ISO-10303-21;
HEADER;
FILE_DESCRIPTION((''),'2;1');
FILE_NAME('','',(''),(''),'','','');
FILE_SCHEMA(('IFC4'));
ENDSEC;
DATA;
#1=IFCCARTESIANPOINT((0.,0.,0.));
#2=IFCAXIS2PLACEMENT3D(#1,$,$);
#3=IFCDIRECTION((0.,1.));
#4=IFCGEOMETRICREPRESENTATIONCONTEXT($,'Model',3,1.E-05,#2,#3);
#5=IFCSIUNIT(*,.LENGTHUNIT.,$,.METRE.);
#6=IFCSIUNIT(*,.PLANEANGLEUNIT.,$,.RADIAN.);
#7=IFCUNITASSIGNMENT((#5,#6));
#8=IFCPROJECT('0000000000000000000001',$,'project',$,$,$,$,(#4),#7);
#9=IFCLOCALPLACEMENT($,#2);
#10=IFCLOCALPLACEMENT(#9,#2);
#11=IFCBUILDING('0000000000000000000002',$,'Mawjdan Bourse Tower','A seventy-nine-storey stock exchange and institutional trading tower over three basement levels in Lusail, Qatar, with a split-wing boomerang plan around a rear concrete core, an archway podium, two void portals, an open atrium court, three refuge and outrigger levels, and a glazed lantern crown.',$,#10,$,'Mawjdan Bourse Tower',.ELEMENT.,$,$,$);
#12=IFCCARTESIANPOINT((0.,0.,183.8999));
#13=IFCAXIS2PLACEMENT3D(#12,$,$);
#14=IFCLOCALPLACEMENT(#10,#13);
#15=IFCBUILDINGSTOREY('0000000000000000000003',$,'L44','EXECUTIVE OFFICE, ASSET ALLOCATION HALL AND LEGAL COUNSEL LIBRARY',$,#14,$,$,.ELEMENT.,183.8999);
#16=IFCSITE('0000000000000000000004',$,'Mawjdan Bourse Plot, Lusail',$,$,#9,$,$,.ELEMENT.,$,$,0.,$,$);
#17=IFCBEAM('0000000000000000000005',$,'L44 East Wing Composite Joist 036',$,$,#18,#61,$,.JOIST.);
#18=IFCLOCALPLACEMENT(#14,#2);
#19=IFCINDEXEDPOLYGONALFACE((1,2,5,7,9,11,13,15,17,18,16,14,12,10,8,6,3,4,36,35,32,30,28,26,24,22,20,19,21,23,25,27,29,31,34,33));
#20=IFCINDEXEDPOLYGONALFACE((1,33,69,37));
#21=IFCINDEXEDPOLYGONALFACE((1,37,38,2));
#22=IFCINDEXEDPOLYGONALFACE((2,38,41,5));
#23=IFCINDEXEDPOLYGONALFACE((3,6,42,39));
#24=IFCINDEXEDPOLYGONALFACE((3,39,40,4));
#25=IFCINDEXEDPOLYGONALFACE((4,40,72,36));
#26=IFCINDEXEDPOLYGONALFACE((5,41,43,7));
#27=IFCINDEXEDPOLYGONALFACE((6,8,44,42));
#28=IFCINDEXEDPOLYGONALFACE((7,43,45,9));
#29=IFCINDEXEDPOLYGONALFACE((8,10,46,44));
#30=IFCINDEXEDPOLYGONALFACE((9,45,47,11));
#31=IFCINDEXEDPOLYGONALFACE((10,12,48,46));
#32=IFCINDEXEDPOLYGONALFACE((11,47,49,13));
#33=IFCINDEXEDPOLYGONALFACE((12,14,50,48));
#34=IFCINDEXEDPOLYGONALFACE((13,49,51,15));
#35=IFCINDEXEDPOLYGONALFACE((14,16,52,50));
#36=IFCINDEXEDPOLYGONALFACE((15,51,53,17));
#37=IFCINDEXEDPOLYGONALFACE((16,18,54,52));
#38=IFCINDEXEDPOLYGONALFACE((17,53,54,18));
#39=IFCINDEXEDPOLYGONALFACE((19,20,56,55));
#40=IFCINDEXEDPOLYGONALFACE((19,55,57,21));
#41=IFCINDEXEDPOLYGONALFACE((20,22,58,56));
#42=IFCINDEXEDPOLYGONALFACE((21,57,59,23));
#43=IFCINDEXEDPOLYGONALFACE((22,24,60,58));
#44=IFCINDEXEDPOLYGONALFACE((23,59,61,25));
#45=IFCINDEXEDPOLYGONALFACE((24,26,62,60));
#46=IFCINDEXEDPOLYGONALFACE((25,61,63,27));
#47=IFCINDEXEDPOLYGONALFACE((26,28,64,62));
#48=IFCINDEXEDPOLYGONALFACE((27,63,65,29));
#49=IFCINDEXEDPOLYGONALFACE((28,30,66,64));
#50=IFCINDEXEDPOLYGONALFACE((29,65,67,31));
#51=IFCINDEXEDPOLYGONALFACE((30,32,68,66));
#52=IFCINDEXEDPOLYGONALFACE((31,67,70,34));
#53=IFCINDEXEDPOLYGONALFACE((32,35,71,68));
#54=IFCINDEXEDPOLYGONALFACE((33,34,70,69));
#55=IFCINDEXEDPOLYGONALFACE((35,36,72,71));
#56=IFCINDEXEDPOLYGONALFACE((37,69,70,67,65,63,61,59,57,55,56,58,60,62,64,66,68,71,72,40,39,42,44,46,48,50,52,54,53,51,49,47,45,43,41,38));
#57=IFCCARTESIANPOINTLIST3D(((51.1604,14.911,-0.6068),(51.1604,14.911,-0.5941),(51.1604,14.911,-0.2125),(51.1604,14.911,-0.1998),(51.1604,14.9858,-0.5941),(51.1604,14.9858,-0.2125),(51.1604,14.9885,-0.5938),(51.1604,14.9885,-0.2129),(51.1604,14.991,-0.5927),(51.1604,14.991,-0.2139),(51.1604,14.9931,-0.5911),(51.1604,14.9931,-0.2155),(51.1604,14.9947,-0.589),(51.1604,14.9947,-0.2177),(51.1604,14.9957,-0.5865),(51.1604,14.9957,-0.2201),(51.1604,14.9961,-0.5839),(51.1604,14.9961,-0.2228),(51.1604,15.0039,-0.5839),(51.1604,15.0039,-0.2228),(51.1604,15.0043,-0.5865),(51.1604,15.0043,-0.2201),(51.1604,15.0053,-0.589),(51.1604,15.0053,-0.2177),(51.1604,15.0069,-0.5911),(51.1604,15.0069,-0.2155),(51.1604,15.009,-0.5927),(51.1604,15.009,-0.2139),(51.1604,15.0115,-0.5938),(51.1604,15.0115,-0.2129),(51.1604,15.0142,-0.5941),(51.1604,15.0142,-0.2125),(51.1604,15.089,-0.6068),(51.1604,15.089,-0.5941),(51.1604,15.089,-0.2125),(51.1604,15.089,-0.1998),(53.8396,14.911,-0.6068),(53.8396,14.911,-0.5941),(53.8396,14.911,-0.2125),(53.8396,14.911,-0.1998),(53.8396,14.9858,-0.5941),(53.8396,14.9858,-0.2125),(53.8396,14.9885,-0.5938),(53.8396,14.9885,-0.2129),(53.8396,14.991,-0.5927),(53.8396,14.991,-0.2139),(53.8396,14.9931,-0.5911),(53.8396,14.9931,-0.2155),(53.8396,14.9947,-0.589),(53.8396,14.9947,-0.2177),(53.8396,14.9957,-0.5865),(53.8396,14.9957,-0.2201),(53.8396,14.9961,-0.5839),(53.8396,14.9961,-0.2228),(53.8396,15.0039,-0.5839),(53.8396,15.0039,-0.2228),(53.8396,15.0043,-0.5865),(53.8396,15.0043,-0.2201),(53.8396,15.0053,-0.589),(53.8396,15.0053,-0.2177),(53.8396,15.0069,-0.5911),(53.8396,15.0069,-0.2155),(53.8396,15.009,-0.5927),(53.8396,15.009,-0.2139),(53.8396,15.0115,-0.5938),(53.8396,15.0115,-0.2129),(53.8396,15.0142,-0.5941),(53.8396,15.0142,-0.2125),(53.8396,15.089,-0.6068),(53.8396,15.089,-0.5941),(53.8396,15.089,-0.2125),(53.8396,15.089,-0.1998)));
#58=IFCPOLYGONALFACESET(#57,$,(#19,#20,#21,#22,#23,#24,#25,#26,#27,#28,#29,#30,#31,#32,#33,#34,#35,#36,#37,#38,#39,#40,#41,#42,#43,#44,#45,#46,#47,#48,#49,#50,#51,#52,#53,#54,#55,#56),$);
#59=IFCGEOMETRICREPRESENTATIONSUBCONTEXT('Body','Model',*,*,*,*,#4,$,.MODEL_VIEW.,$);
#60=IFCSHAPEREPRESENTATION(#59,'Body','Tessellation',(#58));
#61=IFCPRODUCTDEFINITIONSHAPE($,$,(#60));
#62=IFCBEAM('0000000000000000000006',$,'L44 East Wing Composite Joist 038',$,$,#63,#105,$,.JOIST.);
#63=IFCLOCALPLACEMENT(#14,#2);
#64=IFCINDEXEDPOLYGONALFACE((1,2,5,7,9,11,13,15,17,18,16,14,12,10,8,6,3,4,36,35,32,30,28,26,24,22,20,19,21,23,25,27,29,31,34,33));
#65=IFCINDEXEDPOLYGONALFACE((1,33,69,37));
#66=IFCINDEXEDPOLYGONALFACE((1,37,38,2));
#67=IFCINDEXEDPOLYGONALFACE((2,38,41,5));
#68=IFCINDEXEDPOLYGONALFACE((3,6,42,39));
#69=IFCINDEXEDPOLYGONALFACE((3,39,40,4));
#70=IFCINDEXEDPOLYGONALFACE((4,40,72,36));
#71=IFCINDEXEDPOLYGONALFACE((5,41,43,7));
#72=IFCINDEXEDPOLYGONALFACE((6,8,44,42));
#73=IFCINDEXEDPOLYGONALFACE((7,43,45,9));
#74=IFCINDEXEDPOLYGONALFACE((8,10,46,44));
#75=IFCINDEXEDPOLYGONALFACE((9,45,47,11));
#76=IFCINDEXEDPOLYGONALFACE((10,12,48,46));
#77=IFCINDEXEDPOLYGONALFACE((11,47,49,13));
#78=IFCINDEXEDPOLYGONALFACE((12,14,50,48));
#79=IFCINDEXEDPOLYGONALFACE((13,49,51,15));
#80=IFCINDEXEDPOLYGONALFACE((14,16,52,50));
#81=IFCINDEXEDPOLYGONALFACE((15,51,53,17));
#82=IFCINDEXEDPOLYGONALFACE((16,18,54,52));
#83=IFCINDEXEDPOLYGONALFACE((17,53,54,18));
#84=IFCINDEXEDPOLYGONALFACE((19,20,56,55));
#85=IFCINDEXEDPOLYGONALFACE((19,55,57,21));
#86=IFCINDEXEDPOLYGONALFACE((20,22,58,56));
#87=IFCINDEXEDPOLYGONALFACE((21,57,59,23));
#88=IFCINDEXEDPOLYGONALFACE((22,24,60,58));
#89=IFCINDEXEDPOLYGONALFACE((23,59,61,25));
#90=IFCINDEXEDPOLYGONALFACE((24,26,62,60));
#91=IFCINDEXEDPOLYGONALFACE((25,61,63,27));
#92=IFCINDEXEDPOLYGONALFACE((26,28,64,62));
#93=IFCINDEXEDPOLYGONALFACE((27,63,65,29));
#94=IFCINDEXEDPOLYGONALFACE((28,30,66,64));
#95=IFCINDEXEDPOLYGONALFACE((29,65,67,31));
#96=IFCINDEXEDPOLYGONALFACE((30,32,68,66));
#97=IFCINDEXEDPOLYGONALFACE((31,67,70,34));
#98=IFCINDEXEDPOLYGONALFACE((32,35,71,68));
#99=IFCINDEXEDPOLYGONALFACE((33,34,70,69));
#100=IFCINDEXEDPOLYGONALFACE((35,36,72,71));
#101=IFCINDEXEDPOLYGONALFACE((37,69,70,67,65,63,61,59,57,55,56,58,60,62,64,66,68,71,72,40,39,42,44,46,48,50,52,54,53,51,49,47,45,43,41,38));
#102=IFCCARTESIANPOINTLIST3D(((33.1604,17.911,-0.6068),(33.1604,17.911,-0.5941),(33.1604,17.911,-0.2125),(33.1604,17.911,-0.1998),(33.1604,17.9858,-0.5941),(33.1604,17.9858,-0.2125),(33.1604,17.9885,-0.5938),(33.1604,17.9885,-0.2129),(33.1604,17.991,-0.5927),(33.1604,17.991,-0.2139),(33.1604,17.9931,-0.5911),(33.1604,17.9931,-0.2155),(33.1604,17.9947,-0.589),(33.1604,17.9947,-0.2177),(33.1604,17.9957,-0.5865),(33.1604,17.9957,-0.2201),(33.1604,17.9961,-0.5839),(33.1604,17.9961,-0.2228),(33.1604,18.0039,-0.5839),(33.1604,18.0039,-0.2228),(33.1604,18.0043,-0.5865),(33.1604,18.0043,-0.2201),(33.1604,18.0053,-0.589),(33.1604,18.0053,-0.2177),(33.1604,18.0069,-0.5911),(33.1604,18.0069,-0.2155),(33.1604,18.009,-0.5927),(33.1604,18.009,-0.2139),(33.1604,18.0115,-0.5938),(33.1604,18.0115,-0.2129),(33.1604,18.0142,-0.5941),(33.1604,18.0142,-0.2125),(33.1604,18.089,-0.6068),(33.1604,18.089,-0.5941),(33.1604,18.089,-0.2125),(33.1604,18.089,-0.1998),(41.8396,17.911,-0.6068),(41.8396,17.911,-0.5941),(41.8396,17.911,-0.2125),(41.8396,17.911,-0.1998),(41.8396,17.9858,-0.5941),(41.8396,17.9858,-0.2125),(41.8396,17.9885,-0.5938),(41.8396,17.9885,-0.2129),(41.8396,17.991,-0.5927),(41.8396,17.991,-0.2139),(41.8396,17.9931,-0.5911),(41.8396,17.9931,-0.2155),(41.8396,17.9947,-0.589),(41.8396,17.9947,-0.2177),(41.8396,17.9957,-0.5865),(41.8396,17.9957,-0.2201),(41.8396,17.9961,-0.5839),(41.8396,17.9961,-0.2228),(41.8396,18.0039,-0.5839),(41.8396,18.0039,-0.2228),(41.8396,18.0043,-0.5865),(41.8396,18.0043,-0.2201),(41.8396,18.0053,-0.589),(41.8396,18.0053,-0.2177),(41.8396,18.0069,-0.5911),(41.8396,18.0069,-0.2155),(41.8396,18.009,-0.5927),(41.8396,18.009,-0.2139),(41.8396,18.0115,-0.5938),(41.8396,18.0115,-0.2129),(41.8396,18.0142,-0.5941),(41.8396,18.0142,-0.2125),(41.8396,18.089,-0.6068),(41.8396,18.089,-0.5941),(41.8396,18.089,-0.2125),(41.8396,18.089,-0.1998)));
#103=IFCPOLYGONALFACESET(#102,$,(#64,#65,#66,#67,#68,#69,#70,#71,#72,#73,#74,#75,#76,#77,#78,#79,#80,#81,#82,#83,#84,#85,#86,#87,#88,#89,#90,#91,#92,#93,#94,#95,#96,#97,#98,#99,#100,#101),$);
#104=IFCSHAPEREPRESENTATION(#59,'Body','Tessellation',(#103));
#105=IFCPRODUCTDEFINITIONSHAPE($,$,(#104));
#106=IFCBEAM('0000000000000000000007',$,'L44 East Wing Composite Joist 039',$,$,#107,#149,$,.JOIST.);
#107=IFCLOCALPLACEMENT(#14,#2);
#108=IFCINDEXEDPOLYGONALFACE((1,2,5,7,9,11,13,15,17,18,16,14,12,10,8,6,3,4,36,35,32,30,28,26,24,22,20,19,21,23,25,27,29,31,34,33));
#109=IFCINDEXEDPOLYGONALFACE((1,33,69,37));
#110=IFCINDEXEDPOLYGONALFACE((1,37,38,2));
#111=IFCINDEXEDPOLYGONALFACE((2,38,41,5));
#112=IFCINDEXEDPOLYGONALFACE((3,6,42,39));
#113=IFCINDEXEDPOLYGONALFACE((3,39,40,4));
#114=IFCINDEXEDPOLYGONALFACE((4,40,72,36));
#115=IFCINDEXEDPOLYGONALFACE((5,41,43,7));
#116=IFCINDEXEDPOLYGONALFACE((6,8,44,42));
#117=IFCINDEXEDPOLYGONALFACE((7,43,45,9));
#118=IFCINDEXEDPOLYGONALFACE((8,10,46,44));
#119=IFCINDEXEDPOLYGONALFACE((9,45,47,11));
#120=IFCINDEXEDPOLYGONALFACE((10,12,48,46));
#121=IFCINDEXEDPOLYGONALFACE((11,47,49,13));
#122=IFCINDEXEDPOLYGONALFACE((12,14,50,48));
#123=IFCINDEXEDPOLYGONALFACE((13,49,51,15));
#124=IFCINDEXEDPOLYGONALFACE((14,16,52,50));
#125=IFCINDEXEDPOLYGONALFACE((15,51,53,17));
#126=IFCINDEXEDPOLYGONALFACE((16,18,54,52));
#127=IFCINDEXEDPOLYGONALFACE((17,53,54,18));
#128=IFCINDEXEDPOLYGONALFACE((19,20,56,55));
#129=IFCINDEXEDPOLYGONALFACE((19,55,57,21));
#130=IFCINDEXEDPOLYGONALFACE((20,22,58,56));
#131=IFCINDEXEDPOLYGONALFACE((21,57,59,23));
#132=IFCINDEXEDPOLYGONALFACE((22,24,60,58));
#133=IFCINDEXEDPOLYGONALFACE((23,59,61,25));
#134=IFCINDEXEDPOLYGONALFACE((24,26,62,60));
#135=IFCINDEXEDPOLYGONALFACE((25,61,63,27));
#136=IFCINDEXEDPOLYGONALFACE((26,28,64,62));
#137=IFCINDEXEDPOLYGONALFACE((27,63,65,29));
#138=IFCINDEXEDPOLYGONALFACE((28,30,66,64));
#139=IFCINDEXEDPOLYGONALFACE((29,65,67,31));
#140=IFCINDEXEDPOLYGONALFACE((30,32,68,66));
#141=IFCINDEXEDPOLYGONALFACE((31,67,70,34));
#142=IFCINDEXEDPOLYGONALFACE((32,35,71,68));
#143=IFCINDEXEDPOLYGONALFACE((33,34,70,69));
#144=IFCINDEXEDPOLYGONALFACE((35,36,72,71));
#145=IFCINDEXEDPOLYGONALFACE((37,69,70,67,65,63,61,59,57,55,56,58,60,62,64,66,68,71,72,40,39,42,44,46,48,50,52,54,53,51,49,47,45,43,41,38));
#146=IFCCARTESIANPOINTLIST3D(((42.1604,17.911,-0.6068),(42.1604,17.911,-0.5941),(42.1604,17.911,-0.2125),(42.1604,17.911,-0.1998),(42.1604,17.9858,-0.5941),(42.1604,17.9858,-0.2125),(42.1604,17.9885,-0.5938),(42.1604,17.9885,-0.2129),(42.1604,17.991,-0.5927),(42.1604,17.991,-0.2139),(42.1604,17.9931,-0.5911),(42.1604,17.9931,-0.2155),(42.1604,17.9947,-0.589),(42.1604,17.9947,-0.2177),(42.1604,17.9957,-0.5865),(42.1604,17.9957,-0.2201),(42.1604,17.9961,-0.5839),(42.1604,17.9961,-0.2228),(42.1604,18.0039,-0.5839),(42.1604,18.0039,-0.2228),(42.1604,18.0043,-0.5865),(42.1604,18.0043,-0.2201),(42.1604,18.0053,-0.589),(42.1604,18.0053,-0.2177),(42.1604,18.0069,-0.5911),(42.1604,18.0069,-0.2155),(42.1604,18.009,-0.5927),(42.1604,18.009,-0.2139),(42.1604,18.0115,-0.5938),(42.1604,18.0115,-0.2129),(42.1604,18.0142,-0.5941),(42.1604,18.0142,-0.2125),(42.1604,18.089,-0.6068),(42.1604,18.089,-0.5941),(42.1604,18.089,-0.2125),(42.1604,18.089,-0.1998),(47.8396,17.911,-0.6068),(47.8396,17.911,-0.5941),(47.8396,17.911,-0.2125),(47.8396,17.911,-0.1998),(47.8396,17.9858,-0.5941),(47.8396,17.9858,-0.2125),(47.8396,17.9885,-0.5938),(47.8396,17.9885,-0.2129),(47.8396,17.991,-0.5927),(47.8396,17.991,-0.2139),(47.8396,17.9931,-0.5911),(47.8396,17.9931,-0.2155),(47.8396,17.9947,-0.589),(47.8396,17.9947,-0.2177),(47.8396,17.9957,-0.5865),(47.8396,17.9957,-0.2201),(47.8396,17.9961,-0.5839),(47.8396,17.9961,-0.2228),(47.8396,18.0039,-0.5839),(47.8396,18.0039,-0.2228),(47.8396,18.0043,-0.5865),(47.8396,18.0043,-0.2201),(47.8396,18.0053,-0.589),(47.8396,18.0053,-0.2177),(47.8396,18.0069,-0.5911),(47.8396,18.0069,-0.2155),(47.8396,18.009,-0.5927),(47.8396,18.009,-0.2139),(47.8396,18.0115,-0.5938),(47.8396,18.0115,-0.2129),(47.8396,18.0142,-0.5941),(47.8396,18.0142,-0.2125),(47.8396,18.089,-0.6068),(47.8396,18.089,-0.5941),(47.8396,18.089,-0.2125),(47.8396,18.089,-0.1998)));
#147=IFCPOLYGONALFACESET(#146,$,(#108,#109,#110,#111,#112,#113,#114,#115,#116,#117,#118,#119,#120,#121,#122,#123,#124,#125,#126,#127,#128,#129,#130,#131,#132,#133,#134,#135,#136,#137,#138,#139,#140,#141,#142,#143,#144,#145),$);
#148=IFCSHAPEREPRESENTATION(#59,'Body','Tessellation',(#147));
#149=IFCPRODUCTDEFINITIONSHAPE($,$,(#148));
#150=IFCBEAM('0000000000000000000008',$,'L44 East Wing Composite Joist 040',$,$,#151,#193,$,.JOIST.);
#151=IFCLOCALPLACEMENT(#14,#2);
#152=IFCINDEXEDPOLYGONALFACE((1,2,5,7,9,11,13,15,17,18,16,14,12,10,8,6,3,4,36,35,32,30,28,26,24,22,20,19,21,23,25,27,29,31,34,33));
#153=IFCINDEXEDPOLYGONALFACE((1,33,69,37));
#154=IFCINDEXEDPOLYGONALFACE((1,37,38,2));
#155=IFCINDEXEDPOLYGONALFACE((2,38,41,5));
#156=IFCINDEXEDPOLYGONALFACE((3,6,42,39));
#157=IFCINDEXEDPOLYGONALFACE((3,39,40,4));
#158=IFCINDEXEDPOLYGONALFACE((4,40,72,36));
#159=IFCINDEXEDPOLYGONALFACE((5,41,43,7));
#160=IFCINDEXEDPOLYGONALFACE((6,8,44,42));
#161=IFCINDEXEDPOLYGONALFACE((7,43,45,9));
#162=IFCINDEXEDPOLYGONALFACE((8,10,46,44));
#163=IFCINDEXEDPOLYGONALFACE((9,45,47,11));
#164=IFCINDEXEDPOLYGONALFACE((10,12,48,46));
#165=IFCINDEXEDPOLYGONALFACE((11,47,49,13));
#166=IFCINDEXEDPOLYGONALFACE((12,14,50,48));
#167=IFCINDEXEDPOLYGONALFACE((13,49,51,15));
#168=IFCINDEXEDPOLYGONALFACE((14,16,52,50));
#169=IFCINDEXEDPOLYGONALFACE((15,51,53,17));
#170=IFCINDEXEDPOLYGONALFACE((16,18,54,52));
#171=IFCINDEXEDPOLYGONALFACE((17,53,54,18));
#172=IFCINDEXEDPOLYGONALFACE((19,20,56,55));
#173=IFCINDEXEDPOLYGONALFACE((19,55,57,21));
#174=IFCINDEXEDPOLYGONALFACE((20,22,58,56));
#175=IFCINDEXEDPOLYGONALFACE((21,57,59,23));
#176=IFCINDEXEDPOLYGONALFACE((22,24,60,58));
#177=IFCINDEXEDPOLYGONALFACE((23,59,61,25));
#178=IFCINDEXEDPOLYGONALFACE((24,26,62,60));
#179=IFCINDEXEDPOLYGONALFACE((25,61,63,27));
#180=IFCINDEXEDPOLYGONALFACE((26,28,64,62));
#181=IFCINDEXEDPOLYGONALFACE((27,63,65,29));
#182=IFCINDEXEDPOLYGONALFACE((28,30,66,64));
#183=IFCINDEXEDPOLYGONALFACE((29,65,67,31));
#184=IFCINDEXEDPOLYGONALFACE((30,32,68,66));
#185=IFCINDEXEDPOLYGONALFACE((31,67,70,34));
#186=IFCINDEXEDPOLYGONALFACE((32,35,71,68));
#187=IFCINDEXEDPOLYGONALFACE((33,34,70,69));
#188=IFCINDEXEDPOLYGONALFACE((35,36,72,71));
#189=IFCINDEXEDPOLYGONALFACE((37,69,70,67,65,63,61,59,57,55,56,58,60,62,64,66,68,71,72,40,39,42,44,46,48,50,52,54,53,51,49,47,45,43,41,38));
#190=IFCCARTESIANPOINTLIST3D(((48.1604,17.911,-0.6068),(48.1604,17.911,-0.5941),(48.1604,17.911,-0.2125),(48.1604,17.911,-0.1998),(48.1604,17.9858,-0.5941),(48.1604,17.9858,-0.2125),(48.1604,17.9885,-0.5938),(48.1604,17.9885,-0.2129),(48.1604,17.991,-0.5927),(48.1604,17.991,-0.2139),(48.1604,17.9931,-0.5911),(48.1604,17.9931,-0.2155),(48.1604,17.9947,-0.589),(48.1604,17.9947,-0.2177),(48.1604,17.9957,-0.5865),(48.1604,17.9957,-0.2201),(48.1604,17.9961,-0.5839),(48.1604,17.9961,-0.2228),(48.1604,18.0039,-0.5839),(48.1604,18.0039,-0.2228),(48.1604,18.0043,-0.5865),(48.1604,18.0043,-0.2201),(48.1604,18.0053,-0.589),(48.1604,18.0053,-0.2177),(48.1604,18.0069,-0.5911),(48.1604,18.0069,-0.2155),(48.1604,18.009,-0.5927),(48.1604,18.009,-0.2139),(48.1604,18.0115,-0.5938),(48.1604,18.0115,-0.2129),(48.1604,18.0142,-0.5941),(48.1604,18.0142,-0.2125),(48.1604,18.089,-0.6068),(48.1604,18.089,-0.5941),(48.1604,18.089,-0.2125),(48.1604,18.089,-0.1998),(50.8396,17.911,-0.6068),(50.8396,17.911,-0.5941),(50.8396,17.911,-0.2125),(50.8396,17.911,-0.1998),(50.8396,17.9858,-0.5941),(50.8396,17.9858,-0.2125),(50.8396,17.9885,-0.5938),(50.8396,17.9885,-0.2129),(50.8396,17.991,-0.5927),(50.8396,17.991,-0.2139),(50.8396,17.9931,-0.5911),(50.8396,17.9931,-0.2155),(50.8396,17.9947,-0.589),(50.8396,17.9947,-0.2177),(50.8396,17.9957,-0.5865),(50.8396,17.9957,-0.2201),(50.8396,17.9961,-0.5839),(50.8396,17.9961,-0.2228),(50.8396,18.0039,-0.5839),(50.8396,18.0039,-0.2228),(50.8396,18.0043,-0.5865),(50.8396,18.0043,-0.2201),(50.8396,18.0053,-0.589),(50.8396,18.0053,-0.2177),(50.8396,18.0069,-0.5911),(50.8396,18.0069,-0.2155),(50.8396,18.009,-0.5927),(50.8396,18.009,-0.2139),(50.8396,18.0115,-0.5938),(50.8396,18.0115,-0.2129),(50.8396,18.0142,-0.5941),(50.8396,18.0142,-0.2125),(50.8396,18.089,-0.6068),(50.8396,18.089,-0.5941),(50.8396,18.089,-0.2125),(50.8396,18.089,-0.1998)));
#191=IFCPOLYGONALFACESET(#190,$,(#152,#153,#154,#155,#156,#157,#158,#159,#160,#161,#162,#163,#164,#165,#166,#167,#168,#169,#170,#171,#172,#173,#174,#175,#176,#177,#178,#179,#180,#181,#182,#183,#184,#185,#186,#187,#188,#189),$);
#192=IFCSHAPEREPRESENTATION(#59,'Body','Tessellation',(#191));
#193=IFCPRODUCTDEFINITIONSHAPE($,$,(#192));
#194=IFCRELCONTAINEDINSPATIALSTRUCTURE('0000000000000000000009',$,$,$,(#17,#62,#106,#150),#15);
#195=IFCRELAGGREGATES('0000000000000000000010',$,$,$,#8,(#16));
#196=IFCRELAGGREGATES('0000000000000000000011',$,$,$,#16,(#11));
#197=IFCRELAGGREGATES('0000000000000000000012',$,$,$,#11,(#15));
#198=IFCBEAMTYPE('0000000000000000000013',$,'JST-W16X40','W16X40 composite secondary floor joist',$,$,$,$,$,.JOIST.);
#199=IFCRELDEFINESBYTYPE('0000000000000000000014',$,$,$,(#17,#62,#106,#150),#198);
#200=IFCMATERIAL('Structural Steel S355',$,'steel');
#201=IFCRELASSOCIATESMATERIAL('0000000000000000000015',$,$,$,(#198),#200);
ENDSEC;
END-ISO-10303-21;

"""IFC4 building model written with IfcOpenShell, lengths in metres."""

from ifc_helpers import new_model, si_unit, direction, frame, origin, origin_2d, place, context, subcontext, project, spatial, i_section, extrude, material, material_profile, profile_set, type_object, element, save


model = new_model("IFC4")

# Units and contexts
model_context = context("Model", 3, precision=1e-05, world=origin(), true_north=direction((0.0, 1.0)))
body_context = subcontext(model_context, "Body", "Model", "MODEL_VIEW")
ifc_project = project(units=[si_unit("LENGTHUNIT", "METRE"), si_unit("PLANEANGLEUNIT", "RADIAN")], contexts=[model_context])

# Site, building, storey
site_placement = place(None, origin())
site = spatial("IfcSite", under=ifc_project, at=site_placement, Name="Mawjdan Bourse Plot, Lusail", CompositionType="ELEMENT", RefElevation=0.0)
building_placement = place(site_placement, origin())
building = spatial("IfcBuilding", under=site, at=building_placement, Name="Mawjdan Bourse Tower", Description="A seventy-nine-storey stock exchange and institutional trading tower over three basement levels in Lusail, Qatar, with a split-wing boomerang plan around a rear concrete core, an archway podium, two void portals, an open atrium court, three refuge and outrigger levels, and a glazed lantern crown.", LongName="Mawjdan Bourse Tower", CompositionType="ELEMENT")
storey_placement = place(building_placement, frame((0.0, 0.0, 183.8999)))
storey = spatial("IfcBuildingStorey", under=building, at=storey_placement, Name="L44", Description="EXECUTIVE OFFICE, ASSET ALLOCATION HALL AND LEGAL COUNSEL LIBRARY", CompositionType="ELEMENT", Elevation=183.8999)

# Beams
ifc_material_1 = material(Name="Structural Steel S355", Category="steel")
ifc_material_profile_1 = material_profile(ifc_material_1, i_section(OverallWidth=0.178, OverallDepth=0.407, WebThickness=0.0078, FlangeThickness=0.0127, FilletRadius=0.0103, at=origin_2d()), Name="W16X40")
ifc_profile_set_1 = profile_set([ifc_material_profile_1], Name="Structural Steel S355")
beam_type_1 = type_object("IfcBeamType", Name="JST-W16X40", Description="W16X40 composite secondary floor joist", PredefinedType="JOIST", material=ifc_profile_set_1)
for number, where, z_axis, x_axis, name in (
    (1, (51.1604, 15.0, -0.4033), (1.0, 0.0, 0.0), (0.0, 1.0, 0.0), "L44 East Wing Composite Joist 036"),
):
    element("IfcBeam", number, at=place(storey_placement, frame(where, z_axis=z_axis, x_axis=x_axis)), inside=storey, type_object=beam_type_1, Name=name, PredefinedType="JOIST", context=body_context, shape_type="SweptSolid", body=[
        extrude(i_section(OverallWidth=0.178, OverallDepth=0.407, WebThickness=0.0078, FlangeThickness=0.0127, FilletRadius=0.0103, at=origin_2d()), origin(), (0.0, 0.0, 1.0), 2.6792),
    ])
beam_1_placement = place(storey_placement, frame((33.1604, 18.0, -0.4033), z_axis=(1.0, 0.0, 0.0), x_axis=(0.0, 1.0, 0.0)))
element("IfcBeam", 2, at=beam_1_placement, inside=storey, type_object=beam_type_1, Name="L44 East Wing Composite Joist 038", PredefinedType="JOIST", context=body_context, shape_type="SweptSolid", body=[
    extrude(i_section(OverallWidth=0.178, OverallDepth=0.407, WebThickness=0.0078, FlangeThickness=0.0127, FilletRadius=0.0103, at=origin_2d()), origin(), (0.0, 0.0, 1.0), 8.6792),
])
beam_2_placement = place(storey_placement, frame((42.1604, 18.0, -0.4033), z_axis=(1.0, 0.0, 0.0), x_axis=(0.0, 1.0, 0.0)))
element("IfcBeam", 3, at=beam_2_placement, inside=storey, type_object=beam_type_1, Name="L44 East Wing Composite Joist 039", PredefinedType="JOIST", context=body_context, shape_type="SweptSolid", body=[
    extrude(i_section(OverallWidth=0.178, OverallDepth=0.407, WebThickness=0.0078, FlangeThickness=0.0127, FilletRadius=0.0103, at=origin_2d()), origin(), (0.0, 0.0, 1.0), 5.6792),
])
for number, where, z_axis, x_axis, name in (
    (4, (48.1604, 18.0, -0.4033), (1.0, 0.0, 0.0), (0.0, 1.0, 0.0), "L44 East Wing Composite Joist 040"),
):
    element("IfcBeam", number, at=place(storey_placement, frame(where, z_axis=z_axis, x_axis=x_axis)), inside=storey, type_object=beam_type_1, Name=name, PredefinedType="JOIST", context=body_context, shape_type="SweptSolid", body=[
        extrude(i_section(OverallWidth=0.178, OverallDepth=0.407, WebThickness=0.0078, FlangeThickness=0.0127, FilletRadius=0.0103, at=origin_2d()), origin(), (0.0, 0.0, 1.0), 2.6792),
    ])

save(model, "model.ifc")
